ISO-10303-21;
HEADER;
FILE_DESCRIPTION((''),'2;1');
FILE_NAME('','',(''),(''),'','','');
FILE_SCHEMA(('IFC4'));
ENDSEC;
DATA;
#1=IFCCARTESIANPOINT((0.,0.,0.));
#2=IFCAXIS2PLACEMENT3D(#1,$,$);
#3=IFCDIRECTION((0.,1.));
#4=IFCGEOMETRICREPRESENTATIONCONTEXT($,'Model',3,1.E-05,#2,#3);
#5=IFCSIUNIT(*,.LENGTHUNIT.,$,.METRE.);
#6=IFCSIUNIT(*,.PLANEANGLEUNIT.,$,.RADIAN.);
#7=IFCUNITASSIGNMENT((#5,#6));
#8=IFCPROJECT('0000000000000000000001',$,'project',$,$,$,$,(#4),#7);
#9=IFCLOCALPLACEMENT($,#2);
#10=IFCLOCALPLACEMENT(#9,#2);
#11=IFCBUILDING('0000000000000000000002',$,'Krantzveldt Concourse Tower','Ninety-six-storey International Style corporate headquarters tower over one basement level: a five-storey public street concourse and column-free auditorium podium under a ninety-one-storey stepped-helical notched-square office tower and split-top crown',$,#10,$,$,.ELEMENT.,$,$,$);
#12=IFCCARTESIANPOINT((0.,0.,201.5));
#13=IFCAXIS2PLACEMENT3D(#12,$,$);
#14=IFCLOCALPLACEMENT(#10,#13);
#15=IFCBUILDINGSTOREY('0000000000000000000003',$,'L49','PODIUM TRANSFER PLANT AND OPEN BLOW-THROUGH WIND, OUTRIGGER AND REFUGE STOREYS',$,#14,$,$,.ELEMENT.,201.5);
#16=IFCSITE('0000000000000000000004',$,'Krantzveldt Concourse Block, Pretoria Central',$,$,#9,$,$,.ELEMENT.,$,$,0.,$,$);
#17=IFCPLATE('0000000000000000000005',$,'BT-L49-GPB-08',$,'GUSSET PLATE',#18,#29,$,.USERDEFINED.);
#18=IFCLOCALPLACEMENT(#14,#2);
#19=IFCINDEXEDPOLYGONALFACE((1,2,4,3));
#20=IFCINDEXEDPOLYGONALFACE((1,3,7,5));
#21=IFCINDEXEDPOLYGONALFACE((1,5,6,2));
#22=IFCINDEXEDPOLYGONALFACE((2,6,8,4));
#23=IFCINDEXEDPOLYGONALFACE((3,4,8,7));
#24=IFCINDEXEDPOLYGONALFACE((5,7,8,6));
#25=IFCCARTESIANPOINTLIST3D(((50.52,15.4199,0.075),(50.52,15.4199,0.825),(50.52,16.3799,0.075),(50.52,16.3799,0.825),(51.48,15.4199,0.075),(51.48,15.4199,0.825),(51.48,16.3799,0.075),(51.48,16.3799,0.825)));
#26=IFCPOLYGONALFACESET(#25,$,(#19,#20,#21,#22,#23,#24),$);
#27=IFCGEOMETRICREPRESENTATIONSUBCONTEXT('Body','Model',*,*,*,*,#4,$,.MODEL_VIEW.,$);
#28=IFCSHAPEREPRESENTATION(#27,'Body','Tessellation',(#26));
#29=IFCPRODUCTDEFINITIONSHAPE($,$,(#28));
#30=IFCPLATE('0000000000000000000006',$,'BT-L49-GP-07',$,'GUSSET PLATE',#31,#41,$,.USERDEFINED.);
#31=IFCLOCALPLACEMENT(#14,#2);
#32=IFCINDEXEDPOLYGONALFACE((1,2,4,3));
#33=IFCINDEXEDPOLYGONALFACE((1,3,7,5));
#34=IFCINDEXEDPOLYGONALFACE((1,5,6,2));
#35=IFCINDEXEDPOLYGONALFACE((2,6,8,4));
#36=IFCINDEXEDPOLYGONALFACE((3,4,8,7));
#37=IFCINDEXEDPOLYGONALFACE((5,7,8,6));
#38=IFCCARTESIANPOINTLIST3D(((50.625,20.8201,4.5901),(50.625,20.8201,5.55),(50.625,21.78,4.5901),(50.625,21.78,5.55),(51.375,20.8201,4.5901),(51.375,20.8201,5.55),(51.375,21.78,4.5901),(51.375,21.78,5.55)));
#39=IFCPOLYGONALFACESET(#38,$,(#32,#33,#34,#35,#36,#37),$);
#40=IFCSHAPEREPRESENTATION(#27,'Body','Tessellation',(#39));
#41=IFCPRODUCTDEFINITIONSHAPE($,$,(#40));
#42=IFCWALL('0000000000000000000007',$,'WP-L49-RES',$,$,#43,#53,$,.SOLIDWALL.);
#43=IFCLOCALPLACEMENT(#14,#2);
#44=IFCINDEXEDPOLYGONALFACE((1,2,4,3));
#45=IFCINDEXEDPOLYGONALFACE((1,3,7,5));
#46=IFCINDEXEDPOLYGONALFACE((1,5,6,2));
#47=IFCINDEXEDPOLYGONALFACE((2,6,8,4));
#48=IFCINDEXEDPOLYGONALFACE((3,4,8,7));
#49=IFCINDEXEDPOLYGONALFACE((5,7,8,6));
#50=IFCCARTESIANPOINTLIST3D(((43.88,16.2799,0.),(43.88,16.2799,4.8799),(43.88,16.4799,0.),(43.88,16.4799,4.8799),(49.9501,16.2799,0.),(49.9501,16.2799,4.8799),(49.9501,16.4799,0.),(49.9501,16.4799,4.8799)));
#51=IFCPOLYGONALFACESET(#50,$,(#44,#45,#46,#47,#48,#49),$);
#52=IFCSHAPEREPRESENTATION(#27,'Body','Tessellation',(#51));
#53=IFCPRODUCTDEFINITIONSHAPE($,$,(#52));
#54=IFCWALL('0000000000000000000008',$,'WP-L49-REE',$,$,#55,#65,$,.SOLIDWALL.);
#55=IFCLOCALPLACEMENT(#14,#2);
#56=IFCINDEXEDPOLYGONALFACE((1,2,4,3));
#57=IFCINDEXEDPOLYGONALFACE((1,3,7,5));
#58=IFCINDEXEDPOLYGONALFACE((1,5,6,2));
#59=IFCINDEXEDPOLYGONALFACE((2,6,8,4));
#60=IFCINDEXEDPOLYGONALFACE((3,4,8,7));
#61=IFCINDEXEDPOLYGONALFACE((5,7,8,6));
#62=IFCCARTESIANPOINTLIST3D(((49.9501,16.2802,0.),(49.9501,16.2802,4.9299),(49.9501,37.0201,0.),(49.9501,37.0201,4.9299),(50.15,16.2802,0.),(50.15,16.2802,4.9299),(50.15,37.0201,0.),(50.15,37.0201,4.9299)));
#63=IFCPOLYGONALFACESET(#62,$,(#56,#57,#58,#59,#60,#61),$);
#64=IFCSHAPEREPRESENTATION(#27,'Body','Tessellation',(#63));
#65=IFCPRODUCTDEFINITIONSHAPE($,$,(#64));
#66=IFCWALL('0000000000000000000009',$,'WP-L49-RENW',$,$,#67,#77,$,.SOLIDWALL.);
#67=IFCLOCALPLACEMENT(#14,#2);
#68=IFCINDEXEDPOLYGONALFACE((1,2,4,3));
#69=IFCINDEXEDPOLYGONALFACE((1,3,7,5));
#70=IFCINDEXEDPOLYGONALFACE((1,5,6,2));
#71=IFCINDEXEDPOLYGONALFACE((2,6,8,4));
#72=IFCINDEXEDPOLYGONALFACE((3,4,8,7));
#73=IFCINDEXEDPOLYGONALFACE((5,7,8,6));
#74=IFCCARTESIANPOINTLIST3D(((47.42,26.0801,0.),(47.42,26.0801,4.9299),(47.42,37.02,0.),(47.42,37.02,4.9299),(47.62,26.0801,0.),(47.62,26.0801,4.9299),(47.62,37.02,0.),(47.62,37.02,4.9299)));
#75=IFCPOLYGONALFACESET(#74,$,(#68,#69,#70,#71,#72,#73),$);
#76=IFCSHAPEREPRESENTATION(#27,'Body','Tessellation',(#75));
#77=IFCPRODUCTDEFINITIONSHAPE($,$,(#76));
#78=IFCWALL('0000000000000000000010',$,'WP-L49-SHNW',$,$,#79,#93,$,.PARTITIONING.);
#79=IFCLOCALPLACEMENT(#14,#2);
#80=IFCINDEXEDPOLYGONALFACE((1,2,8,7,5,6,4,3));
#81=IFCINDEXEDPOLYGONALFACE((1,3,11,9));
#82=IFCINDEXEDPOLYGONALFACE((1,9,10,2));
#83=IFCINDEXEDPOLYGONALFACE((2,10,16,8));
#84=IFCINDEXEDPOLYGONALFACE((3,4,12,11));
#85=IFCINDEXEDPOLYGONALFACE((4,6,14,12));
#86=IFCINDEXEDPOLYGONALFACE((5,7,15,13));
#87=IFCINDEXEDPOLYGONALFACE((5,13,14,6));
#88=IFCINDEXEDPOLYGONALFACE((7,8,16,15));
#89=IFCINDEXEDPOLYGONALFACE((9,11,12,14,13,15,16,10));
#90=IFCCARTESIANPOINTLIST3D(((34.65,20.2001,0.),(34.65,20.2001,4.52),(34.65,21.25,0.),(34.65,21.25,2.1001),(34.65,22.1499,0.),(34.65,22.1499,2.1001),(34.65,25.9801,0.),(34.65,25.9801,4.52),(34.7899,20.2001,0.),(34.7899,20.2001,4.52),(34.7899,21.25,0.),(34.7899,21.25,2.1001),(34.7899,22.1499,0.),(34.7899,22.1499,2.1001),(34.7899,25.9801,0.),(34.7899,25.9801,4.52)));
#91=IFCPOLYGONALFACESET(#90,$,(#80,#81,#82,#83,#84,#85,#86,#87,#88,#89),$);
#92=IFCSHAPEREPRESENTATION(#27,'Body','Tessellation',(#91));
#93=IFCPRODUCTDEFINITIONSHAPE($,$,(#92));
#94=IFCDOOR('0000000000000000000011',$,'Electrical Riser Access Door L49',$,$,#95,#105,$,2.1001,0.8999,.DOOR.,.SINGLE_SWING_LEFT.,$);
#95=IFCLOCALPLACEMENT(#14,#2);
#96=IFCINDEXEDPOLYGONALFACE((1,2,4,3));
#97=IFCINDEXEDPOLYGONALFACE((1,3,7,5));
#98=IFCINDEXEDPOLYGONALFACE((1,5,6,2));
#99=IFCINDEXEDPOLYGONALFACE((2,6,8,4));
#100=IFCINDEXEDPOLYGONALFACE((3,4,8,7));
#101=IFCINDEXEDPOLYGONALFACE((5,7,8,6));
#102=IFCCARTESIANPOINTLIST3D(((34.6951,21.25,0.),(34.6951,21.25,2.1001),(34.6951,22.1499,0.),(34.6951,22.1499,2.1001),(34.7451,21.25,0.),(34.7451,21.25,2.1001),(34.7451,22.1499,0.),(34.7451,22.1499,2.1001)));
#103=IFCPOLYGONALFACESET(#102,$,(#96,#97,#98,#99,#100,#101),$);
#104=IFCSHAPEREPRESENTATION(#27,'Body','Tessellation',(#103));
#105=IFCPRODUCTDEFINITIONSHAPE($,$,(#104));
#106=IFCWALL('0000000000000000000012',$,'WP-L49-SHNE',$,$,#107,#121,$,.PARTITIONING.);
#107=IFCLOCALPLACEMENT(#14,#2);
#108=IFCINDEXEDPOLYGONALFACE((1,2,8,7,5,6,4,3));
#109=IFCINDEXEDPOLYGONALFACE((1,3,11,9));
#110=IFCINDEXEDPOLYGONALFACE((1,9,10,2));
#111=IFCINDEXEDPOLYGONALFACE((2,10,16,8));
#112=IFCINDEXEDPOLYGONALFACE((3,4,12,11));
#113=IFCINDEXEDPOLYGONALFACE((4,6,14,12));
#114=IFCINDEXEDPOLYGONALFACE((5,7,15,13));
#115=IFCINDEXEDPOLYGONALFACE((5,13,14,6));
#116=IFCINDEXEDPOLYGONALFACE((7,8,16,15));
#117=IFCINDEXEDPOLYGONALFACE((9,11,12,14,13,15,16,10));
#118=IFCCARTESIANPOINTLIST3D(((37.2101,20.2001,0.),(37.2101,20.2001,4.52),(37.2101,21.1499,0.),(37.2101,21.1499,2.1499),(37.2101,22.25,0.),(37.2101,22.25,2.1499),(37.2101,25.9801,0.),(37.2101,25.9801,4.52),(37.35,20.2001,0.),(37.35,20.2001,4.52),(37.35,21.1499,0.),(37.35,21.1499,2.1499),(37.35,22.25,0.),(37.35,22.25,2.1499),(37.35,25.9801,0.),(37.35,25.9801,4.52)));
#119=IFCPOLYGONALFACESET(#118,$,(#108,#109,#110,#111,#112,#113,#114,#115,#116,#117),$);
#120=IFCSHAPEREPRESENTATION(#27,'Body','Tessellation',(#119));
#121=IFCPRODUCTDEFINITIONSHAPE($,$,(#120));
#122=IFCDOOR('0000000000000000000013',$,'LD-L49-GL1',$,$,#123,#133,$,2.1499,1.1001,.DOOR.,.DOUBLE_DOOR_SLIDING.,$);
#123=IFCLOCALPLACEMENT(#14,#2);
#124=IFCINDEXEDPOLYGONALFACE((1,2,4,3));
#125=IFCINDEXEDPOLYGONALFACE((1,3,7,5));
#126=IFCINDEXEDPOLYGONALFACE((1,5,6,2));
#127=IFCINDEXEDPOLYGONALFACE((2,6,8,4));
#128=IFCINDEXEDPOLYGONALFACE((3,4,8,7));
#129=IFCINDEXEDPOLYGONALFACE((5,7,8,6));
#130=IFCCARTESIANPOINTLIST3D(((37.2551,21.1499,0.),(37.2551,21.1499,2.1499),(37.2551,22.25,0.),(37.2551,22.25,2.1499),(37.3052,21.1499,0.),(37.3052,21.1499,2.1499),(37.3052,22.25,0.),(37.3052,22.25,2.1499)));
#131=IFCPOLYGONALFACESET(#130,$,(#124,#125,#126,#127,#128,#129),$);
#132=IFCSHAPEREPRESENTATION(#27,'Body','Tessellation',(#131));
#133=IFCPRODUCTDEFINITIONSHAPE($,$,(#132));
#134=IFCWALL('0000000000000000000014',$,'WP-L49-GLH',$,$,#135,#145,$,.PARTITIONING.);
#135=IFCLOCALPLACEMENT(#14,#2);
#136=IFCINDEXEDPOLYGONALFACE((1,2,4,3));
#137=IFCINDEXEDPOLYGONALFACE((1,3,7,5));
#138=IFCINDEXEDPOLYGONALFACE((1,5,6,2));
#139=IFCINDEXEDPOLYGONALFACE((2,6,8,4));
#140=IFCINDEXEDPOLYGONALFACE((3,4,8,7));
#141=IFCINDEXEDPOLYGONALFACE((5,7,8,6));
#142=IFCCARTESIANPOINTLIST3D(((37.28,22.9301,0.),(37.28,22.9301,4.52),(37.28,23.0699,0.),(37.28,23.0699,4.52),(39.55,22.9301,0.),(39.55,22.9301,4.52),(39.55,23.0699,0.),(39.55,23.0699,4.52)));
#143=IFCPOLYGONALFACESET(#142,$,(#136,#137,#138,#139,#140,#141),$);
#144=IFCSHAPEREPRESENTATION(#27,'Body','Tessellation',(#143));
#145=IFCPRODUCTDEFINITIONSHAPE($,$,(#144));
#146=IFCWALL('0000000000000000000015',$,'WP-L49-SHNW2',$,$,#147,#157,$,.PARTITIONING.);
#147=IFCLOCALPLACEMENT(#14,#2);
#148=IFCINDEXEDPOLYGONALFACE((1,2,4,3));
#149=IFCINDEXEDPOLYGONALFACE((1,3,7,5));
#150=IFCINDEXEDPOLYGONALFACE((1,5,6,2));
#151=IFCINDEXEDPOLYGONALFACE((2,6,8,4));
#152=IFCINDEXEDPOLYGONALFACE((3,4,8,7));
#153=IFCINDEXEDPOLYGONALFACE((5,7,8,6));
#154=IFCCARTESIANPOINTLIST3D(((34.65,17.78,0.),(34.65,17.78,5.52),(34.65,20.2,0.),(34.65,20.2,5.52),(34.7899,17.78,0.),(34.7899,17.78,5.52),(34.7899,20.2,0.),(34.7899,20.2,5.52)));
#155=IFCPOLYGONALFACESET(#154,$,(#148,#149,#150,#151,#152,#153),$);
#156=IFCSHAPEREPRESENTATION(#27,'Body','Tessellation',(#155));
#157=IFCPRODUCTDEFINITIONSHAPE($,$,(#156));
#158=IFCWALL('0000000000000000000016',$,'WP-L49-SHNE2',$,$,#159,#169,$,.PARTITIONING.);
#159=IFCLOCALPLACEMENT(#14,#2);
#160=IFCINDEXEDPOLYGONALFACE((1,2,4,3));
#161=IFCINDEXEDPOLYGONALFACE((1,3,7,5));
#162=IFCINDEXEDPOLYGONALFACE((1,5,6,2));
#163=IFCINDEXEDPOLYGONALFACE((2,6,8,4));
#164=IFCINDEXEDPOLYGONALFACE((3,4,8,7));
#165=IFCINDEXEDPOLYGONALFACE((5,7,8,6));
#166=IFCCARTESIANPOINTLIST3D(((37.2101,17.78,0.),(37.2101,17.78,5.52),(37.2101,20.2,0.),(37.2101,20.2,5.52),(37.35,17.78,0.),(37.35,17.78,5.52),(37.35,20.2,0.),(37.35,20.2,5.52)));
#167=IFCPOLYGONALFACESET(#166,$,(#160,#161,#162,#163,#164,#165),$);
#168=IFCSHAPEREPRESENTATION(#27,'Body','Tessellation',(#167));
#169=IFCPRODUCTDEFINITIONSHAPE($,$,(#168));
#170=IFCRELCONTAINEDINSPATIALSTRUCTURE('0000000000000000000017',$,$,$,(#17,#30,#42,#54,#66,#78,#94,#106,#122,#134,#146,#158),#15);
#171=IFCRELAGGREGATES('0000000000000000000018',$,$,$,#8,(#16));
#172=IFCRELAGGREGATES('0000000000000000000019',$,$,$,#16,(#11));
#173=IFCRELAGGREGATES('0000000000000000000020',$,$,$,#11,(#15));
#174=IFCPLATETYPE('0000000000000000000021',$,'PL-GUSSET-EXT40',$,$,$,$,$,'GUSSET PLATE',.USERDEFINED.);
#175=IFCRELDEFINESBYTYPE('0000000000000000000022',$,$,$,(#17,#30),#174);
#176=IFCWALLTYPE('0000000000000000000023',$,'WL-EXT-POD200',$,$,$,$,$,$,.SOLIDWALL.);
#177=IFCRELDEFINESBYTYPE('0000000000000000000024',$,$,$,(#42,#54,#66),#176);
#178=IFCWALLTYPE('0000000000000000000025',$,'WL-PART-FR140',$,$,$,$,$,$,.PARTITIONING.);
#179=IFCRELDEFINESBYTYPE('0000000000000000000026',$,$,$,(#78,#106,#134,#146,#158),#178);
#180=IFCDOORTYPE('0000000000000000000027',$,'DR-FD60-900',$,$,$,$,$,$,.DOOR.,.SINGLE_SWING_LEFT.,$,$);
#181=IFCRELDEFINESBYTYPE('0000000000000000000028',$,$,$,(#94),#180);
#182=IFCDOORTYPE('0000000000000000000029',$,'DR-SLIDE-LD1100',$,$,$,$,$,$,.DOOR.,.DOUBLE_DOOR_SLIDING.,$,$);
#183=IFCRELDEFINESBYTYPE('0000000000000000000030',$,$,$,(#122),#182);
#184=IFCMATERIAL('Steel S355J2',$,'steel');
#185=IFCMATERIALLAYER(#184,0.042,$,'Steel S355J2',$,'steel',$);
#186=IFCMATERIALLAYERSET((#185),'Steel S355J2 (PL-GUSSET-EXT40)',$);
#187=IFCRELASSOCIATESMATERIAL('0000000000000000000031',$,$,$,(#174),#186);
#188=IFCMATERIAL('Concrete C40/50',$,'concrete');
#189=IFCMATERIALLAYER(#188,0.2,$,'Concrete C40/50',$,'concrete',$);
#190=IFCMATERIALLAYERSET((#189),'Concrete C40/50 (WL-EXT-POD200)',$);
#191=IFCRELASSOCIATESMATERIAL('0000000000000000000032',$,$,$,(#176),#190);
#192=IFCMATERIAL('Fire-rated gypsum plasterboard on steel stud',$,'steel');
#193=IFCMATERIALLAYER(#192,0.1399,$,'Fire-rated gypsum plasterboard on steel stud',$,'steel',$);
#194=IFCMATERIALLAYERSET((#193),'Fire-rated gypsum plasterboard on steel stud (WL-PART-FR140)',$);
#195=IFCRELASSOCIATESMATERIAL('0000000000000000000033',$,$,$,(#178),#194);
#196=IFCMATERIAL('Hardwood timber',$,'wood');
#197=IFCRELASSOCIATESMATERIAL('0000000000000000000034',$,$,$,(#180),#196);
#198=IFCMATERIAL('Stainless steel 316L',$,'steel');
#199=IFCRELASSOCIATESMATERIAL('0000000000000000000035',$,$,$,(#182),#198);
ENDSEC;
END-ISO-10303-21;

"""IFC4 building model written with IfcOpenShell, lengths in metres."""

from ifc_helpers import new_model, si_unit, direction, frame, frame_2d, origin, origin_2d, place, context, subcontext, project, spatial, rectangle, extrude, source, transform, mapped, material, layer, layer_set, type_object, type_shapes, element, fill, save


model = new_model("IFC4")

# Units and contexts
model_context = context("Model", 3, precision=1e-05, world=origin(), true_north=direction((0.0, 1.0)))
body_context = subcontext(model_context, "Body", "Model", "MODEL_VIEW")
ifc_project = project(units=[si_unit("LENGTHUNIT", "METRE"), si_unit("PLANEANGLEUNIT", "RADIAN")], contexts=[model_context])

# Site, building, storey
site_placement = place(None, origin())
site = spatial("IfcSite", under=ifc_project, at=site_placement, Name="Krantzveldt Concourse Block, Pretoria Central", CompositionType="ELEMENT", RefElevation=0.0)
building_placement = place(site_placement, origin())
building = spatial("IfcBuilding", under=site, at=building_placement, Name="Krantzveldt Concourse Tower", Description="Ninety-six-storey International Style corporate headquarters tower over one basement level: a five-storey public street concourse and column-free auditorium podium under a ninety-one-storey stepped-helical notched-square office tower and split-top crown", CompositionType="ELEMENT")
storey_placement = place(building_placement, frame((0.0, 0.0, 201.5)))
storey = spatial("IfcBuildingStorey", under=building, at=storey_placement, Name="L49", Description="PODIUM TRANSFER PLANT AND OPEN BLOW-THROUGH WIND, OUTRIGGER AND REFUGE STOREYS", CompositionType="ELEMENT", Elevation=201.5)

# Shared definitions
ifc_material_1 = material(Name="Steel S355J2", Category="steel")

# Plates
ifc_layer_1 = layer(ifc_material_1, 0.042, Name="Steel S355J2", Category="steel")
ifc_layer_set_1 = layer_set([ifc_layer_1], Name="Steel S355J2 (PL-GUSSET-EXT40)")
plate_type_1 = type_object("IfcPlateType", Name="PL-GUSSET-EXT40", ElementType="GUSSET PLATE", PredefinedType="USERDEFINED", material=ifc_layer_set_1)
shared_shape_1 = source(origin(), body_context, "Body", "SweptSolid", [
    extrude(rectangle(XDim=0.96, YDim=0.96, at=origin_2d()), origin(), (0.0, 0.0, 1.0), 0.75),
])
plate_1_placement = place(storey_placement, frame((51.0, 15.8999, 0.075), z_axis=(0.0, 0.0, 1.0), x_axis=(1.0, 0.0, 0.0)))
element("IfcPlate", 1, at=plate_1_placement, inside=storey, type_object=plate_type_1, Name="BT-L49-GPB-08", ObjectType="GUSSET PLATE", PredefinedType="USERDEFINED", context=body_context, shape_type="MappedRepresentation", body=[
    mapped(shared_shape_1, transform((0.0, 0.0, 0.0), x_axis=(1.0, 0.0, 0.0), y_axis=(0.0, 1.0, 0.0), z_axis=(0.0, 0.0, 1.0), scale=1.0)),
])
shared_shape_2 = source(origin(), body_context, "Body", "SweptSolid", [
    extrude(rectangle(XDim=0.96, YDim=0.75, at=origin_2d()), origin(), (0.0, 0.0, 1.0), 0.96),
])
type_shapes(plate_type_1, [shared_shape_1, shared_shape_2])
plate_2_placement = place(storey_placement, frame((51.0, 21.3, 4.5901), z_axis=(0.0, 0.0, 1.0), x_axis=(0.0, 1.0, 0.0)))
element("IfcPlate", 2, at=plate_2_placement, inside=storey, type_object=plate_type_1, Name="BT-L49-GP-07", ObjectType="GUSSET PLATE", PredefinedType="USERDEFINED", context=body_context, shape_type="MappedRepresentation", body=[
    mapped(shared_shape_2, transform((0.0, 0.0, 0.0), x_axis=(1.0, 0.0, 0.0), y_axis=(0.0, 1.0, 0.0), z_axis=(0.0, 0.0, 1.0), scale=1.0)),
])

# Walls
ifc_material_2 = material(Name="Concrete C40/50", Category="concrete")
ifc_layer_2 = layer(ifc_material_2, 0.2, Name="Concrete C40/50", Category="concrete")
ifc_layer_set_2 = layer_set([ifc_layer_2], Name="Concrete C40/50 (WL-EXT-POD200)")
wall_type_1 = type_object("IfcWallType", Name="WL-EXT-POD200", PredefinedType="SOLIDWALL", material=ifc_layer_set_2)
wall_1_placement = place(storey_placement, frame((43.8799, 16.3799, 0.0), z_axis=(0.0, 0.0, 1.0), x_axis=(1.0, 0.0, 0.0)))
element("IfcWall", 3, at=wall_1_placement, inside=storey, type_object=wall_type_1, Name="WP-L49-RES", PredefinedType="SOLIDWALL", context=body_context, shape_type="SweptSolid", body=[
    extrude(rectangle(XDim=6.0701, YDim=0.2, at=frame_2d((3.0352, 0.0))), origin(), (0.0, 0.0, 1.0), 4.8799),
])
wall_2_placement = place(storey_placement, frame((50.05, 16.28, 0.0), z_axis=(0.0, 0.0, 1.0), x_axis=(0.0, 1.0, 0.0)))
element("IfcWall", 4, at=wall_2_placement, inside=storey, type_object=wall_type_1, Name="WP-L49-REE", PredefinedType="SOLIDWALL", context=body_context, shape_type="SweptSolid", body=[
    extrude(rectangle(XDim=20.74, YDim=0.2, at=frame_2d((10.3701, 0.0))), origin(), (0.0, 0.0, 1.0), 4.9299),
])
wall_3_placement = place(storey_placement, frame((47.52, 26.0801, 0.0), z_axis=(0.0, 0.0, 1.0), x_axis=(0.0, 1.0, 0.0)))
element("IfcWall", 5, at=wall_3_placement, inside=storey, type_object=wall_type_1, Name="WP-L49-RENW", PredefinedType="SOLIDWALL", context=body_context, shape_type="SweptSolid", body=[
    extrude(rectangle(XDim=10.9399, YDim=0.2, at=frame_2d((5.47, 0.0))), origin(), (0.0, 0.0, 1.0), 4.9299),
])

# Walls, openings, doors
ifc_material_3 = material(Name="Fire-rated gypsum plasterboard on steel stud", Category="steel")
ifc_layer_3 = layer(ifc_material_3, 0.1399, Name="Fire-rated gypsum plasterboard on steel stud", Category="steel")
ifc_layer_set_3 = layer_set([ifc_layer_3], Name="Fire-rated gypsum plasterboard on steel stud (WL-PART-FR140)")
wall_type_2 = type_object("IfcWallType", Name="WL-PART-FR140", PredefinedType="PARTITIONING", material=ifc_layer_set_3)
wall_4_placement = place(storey_placement, frame((34.72, 20.2, 0.0), z_axis=(0.0, 0.0, 1.0), x_axis=(0.0, 1.0, 0.0)))
wall_4 = element("IfcWall", 6, at=wall_4_placement, inside=storey, type_object=wall_type_2, Name="WP-L49-SHNW", PredefinedType="PARTITIONING", context=body_context, shape_type="SweptSolid", body=[
    extrude(rectangle(XDim=5.78, YDim=0.1399, at=frame_2d((2.8901, 0.0))), origin(), (0.0, 0.0, 1.0), 4.52),
])
opening_1_placement = place(wall_4_placement, frame((1.05, 0.0, 0.0)))
opening_1 = element("IfcOpeningElement", 7, at=opening_1_placement, cuts=wall_4, PredefinedType="OPENING", context=body_context, shape_type="SweptSolid", body=[
    extrude(rectangle(XDim=0.8999, YDim=2.1001, at=frame_2d((0.45, 1.05))), frame((0.0, 0.0801, 0.0), z_axis=(0.0, -1.0, 0.0), x_axis=(1.0, 0.0, 0.0)), (0.0, 0.0, 1.0), 0.1599),
])
ifc_material_4 = material(Name="Hardwood timber", Category="wood")
door_type_1 = type_object("IfcDoorType", Name="DR-FD60-900", OperationType="SINGLE_SWING_LEFT", PredefinedType="DOOR", material=ifc_material_4)
door_1_placement = place(opening_1_placement, origin())
door_1 = element("IfcDoor", 8, at=door_1_placement, inside=storey, type_object=door_type_1, Name="Electrical Riser Access Door L49", OperationType="SINGLE_SWING_LEFT", OverallHeight=2.1001, OverallWidth=0.8999, PredefinedType="DOOR", context=body_context, shape_type="SweptSolid", body=[
    extrude(rectangle(XDim=0.8999, YDim=2.1001, at=frame_2d((0.45, 1.05))), frame((0.0, 0.0249, 0.0), z_axis=(0.0, -1.0, 0.0), x_axis=(1.0, 0.0, 0.0)), (0.0, 0.0, 1.0), 0.05),
])
fill(opening_1, door_1)
wall_5_placement = place(storey_placement, frame((37.28, 20.2, 0.0), z_axis=(0.0, 0.0, 1.0), x_axis=(0.0, 1.0, 0.0)))
wall_5 = element("IfcWall", 9, at=wall_5_placement, inside=storey, type_object=wall_type_2, Name="WP-L49-SHNE", PredefinedType="PARTITIONING", context=body_context, shape_type="SweptSolid", body=[
    extrude(rectangle(XDim=5.78, YDim=0.1399, at=frame_2d((2.8901, 0.0))), origin(), (0.0, 0.0, 1.0), 4.52),
])
opening_2_placement = place(wall_5_placement, frame((0.95, 0.0, 0.0)))
opening_2 = element("IfcOpeningElement", 10, at=opening_2_placement, cuts=wall_5, PredefinedType="OPENING", context=body_context, shape_type="SweptSolid", body=[
    extrude(rectangle(XDim=1.1001, YDim=2.1499, at=frame_2d((0.55, 1.075))), frame((0.0, 0.0801, 0.0), z_axis=(0.0, -1.0, 0.0), x_axis=(1.0, 0.0, 0.0)), (0.0, 0.0, 1.0), 0.1599),
])
ifc_material_5 = material(Name="Stainless steel 316L", Category="steel")
door_type_2 = type_object("IfcDoorType", Name="DR-SLIDE-LD1100", OperationType="DOUBLE_DOOR_SLIDING", PredefinedType="DOOR", material=ifc_material_5)
door_2_placement = place(opening_2_placement, origin())
door_2 = element("IfcDoor", 11, at=door_2_placement, inside=storey, type_object=door_type_2, Name="LD-L49-GL1", OperationType="DOUBLE_DOOR_SLIDING", OverallHeight=2.1499, OverallWidth=1.1001, PredefinedType="DOOR", context=body_context, shape_type="SweptSolid", body=[
    extrude(rectangle(XDim=1.1001, YDim=2.1499, at=frame_2d((0.55, 1.075))), frame((0.0, 0.0249, 0.0), z_axis=(0.0, -1.0, 0.0), x_axis=(1.0, 0.0, 0.0)), (0.0, 0.0, 1.0), 0.05),
])
fill(opening_2, door_2)

# Walls
wall_6_placement = place(storey_placement, frame((37.28, 23.0, 0.0), z_axis=(0.0, 0.0, 1.0), x_axis=(1.0, 0.0, 0.0)))
element("IfcWall", 12, at=wall_6_placement, inside=storey, type_object=wall_type_2, Name="WP-L49-GLH", PredefinedType="PARTITIONING", context=body_context, shape_type="SweptSolid", body=[
    extrude(rectangle(XDim=2.27, YDim=0.1399, at=frame_2d((1.135, 0.0))), origin(), (0.0, 0.0, 1.0), 4.52),
])
for number, where, z_axis, x_axis, name in (
    (13, (34.72, 17.78, 0.0), (0.0, 0.0, 1.0), (0.0, 1.0, 0.0), "WP-L49-SHNW2"),
    (14, (37.28, 17.78, 0.0), (0.0, 0.0, 1.0), (0.0, 1.0, 0.0), "WP-L49-SHNE2"),
):
    element("IfcWall", number, at=place(storey_placement, frame(where, z_axis=z_axis, x_axis=x_axis)), inside=storey, type_object=wall_type_2, Name=name, PredefinedType="PARTITIONING", context=body_context, shape_type="SweptSolid", body=[
        extrude(rectangle(XDim=2.4199, YDim=0.1399, at=frame_2d((1.21, 0.0))), origin(), (0.0, 0.0, 1.0), 5.52),
    ])

save(model, "model.ifc")
